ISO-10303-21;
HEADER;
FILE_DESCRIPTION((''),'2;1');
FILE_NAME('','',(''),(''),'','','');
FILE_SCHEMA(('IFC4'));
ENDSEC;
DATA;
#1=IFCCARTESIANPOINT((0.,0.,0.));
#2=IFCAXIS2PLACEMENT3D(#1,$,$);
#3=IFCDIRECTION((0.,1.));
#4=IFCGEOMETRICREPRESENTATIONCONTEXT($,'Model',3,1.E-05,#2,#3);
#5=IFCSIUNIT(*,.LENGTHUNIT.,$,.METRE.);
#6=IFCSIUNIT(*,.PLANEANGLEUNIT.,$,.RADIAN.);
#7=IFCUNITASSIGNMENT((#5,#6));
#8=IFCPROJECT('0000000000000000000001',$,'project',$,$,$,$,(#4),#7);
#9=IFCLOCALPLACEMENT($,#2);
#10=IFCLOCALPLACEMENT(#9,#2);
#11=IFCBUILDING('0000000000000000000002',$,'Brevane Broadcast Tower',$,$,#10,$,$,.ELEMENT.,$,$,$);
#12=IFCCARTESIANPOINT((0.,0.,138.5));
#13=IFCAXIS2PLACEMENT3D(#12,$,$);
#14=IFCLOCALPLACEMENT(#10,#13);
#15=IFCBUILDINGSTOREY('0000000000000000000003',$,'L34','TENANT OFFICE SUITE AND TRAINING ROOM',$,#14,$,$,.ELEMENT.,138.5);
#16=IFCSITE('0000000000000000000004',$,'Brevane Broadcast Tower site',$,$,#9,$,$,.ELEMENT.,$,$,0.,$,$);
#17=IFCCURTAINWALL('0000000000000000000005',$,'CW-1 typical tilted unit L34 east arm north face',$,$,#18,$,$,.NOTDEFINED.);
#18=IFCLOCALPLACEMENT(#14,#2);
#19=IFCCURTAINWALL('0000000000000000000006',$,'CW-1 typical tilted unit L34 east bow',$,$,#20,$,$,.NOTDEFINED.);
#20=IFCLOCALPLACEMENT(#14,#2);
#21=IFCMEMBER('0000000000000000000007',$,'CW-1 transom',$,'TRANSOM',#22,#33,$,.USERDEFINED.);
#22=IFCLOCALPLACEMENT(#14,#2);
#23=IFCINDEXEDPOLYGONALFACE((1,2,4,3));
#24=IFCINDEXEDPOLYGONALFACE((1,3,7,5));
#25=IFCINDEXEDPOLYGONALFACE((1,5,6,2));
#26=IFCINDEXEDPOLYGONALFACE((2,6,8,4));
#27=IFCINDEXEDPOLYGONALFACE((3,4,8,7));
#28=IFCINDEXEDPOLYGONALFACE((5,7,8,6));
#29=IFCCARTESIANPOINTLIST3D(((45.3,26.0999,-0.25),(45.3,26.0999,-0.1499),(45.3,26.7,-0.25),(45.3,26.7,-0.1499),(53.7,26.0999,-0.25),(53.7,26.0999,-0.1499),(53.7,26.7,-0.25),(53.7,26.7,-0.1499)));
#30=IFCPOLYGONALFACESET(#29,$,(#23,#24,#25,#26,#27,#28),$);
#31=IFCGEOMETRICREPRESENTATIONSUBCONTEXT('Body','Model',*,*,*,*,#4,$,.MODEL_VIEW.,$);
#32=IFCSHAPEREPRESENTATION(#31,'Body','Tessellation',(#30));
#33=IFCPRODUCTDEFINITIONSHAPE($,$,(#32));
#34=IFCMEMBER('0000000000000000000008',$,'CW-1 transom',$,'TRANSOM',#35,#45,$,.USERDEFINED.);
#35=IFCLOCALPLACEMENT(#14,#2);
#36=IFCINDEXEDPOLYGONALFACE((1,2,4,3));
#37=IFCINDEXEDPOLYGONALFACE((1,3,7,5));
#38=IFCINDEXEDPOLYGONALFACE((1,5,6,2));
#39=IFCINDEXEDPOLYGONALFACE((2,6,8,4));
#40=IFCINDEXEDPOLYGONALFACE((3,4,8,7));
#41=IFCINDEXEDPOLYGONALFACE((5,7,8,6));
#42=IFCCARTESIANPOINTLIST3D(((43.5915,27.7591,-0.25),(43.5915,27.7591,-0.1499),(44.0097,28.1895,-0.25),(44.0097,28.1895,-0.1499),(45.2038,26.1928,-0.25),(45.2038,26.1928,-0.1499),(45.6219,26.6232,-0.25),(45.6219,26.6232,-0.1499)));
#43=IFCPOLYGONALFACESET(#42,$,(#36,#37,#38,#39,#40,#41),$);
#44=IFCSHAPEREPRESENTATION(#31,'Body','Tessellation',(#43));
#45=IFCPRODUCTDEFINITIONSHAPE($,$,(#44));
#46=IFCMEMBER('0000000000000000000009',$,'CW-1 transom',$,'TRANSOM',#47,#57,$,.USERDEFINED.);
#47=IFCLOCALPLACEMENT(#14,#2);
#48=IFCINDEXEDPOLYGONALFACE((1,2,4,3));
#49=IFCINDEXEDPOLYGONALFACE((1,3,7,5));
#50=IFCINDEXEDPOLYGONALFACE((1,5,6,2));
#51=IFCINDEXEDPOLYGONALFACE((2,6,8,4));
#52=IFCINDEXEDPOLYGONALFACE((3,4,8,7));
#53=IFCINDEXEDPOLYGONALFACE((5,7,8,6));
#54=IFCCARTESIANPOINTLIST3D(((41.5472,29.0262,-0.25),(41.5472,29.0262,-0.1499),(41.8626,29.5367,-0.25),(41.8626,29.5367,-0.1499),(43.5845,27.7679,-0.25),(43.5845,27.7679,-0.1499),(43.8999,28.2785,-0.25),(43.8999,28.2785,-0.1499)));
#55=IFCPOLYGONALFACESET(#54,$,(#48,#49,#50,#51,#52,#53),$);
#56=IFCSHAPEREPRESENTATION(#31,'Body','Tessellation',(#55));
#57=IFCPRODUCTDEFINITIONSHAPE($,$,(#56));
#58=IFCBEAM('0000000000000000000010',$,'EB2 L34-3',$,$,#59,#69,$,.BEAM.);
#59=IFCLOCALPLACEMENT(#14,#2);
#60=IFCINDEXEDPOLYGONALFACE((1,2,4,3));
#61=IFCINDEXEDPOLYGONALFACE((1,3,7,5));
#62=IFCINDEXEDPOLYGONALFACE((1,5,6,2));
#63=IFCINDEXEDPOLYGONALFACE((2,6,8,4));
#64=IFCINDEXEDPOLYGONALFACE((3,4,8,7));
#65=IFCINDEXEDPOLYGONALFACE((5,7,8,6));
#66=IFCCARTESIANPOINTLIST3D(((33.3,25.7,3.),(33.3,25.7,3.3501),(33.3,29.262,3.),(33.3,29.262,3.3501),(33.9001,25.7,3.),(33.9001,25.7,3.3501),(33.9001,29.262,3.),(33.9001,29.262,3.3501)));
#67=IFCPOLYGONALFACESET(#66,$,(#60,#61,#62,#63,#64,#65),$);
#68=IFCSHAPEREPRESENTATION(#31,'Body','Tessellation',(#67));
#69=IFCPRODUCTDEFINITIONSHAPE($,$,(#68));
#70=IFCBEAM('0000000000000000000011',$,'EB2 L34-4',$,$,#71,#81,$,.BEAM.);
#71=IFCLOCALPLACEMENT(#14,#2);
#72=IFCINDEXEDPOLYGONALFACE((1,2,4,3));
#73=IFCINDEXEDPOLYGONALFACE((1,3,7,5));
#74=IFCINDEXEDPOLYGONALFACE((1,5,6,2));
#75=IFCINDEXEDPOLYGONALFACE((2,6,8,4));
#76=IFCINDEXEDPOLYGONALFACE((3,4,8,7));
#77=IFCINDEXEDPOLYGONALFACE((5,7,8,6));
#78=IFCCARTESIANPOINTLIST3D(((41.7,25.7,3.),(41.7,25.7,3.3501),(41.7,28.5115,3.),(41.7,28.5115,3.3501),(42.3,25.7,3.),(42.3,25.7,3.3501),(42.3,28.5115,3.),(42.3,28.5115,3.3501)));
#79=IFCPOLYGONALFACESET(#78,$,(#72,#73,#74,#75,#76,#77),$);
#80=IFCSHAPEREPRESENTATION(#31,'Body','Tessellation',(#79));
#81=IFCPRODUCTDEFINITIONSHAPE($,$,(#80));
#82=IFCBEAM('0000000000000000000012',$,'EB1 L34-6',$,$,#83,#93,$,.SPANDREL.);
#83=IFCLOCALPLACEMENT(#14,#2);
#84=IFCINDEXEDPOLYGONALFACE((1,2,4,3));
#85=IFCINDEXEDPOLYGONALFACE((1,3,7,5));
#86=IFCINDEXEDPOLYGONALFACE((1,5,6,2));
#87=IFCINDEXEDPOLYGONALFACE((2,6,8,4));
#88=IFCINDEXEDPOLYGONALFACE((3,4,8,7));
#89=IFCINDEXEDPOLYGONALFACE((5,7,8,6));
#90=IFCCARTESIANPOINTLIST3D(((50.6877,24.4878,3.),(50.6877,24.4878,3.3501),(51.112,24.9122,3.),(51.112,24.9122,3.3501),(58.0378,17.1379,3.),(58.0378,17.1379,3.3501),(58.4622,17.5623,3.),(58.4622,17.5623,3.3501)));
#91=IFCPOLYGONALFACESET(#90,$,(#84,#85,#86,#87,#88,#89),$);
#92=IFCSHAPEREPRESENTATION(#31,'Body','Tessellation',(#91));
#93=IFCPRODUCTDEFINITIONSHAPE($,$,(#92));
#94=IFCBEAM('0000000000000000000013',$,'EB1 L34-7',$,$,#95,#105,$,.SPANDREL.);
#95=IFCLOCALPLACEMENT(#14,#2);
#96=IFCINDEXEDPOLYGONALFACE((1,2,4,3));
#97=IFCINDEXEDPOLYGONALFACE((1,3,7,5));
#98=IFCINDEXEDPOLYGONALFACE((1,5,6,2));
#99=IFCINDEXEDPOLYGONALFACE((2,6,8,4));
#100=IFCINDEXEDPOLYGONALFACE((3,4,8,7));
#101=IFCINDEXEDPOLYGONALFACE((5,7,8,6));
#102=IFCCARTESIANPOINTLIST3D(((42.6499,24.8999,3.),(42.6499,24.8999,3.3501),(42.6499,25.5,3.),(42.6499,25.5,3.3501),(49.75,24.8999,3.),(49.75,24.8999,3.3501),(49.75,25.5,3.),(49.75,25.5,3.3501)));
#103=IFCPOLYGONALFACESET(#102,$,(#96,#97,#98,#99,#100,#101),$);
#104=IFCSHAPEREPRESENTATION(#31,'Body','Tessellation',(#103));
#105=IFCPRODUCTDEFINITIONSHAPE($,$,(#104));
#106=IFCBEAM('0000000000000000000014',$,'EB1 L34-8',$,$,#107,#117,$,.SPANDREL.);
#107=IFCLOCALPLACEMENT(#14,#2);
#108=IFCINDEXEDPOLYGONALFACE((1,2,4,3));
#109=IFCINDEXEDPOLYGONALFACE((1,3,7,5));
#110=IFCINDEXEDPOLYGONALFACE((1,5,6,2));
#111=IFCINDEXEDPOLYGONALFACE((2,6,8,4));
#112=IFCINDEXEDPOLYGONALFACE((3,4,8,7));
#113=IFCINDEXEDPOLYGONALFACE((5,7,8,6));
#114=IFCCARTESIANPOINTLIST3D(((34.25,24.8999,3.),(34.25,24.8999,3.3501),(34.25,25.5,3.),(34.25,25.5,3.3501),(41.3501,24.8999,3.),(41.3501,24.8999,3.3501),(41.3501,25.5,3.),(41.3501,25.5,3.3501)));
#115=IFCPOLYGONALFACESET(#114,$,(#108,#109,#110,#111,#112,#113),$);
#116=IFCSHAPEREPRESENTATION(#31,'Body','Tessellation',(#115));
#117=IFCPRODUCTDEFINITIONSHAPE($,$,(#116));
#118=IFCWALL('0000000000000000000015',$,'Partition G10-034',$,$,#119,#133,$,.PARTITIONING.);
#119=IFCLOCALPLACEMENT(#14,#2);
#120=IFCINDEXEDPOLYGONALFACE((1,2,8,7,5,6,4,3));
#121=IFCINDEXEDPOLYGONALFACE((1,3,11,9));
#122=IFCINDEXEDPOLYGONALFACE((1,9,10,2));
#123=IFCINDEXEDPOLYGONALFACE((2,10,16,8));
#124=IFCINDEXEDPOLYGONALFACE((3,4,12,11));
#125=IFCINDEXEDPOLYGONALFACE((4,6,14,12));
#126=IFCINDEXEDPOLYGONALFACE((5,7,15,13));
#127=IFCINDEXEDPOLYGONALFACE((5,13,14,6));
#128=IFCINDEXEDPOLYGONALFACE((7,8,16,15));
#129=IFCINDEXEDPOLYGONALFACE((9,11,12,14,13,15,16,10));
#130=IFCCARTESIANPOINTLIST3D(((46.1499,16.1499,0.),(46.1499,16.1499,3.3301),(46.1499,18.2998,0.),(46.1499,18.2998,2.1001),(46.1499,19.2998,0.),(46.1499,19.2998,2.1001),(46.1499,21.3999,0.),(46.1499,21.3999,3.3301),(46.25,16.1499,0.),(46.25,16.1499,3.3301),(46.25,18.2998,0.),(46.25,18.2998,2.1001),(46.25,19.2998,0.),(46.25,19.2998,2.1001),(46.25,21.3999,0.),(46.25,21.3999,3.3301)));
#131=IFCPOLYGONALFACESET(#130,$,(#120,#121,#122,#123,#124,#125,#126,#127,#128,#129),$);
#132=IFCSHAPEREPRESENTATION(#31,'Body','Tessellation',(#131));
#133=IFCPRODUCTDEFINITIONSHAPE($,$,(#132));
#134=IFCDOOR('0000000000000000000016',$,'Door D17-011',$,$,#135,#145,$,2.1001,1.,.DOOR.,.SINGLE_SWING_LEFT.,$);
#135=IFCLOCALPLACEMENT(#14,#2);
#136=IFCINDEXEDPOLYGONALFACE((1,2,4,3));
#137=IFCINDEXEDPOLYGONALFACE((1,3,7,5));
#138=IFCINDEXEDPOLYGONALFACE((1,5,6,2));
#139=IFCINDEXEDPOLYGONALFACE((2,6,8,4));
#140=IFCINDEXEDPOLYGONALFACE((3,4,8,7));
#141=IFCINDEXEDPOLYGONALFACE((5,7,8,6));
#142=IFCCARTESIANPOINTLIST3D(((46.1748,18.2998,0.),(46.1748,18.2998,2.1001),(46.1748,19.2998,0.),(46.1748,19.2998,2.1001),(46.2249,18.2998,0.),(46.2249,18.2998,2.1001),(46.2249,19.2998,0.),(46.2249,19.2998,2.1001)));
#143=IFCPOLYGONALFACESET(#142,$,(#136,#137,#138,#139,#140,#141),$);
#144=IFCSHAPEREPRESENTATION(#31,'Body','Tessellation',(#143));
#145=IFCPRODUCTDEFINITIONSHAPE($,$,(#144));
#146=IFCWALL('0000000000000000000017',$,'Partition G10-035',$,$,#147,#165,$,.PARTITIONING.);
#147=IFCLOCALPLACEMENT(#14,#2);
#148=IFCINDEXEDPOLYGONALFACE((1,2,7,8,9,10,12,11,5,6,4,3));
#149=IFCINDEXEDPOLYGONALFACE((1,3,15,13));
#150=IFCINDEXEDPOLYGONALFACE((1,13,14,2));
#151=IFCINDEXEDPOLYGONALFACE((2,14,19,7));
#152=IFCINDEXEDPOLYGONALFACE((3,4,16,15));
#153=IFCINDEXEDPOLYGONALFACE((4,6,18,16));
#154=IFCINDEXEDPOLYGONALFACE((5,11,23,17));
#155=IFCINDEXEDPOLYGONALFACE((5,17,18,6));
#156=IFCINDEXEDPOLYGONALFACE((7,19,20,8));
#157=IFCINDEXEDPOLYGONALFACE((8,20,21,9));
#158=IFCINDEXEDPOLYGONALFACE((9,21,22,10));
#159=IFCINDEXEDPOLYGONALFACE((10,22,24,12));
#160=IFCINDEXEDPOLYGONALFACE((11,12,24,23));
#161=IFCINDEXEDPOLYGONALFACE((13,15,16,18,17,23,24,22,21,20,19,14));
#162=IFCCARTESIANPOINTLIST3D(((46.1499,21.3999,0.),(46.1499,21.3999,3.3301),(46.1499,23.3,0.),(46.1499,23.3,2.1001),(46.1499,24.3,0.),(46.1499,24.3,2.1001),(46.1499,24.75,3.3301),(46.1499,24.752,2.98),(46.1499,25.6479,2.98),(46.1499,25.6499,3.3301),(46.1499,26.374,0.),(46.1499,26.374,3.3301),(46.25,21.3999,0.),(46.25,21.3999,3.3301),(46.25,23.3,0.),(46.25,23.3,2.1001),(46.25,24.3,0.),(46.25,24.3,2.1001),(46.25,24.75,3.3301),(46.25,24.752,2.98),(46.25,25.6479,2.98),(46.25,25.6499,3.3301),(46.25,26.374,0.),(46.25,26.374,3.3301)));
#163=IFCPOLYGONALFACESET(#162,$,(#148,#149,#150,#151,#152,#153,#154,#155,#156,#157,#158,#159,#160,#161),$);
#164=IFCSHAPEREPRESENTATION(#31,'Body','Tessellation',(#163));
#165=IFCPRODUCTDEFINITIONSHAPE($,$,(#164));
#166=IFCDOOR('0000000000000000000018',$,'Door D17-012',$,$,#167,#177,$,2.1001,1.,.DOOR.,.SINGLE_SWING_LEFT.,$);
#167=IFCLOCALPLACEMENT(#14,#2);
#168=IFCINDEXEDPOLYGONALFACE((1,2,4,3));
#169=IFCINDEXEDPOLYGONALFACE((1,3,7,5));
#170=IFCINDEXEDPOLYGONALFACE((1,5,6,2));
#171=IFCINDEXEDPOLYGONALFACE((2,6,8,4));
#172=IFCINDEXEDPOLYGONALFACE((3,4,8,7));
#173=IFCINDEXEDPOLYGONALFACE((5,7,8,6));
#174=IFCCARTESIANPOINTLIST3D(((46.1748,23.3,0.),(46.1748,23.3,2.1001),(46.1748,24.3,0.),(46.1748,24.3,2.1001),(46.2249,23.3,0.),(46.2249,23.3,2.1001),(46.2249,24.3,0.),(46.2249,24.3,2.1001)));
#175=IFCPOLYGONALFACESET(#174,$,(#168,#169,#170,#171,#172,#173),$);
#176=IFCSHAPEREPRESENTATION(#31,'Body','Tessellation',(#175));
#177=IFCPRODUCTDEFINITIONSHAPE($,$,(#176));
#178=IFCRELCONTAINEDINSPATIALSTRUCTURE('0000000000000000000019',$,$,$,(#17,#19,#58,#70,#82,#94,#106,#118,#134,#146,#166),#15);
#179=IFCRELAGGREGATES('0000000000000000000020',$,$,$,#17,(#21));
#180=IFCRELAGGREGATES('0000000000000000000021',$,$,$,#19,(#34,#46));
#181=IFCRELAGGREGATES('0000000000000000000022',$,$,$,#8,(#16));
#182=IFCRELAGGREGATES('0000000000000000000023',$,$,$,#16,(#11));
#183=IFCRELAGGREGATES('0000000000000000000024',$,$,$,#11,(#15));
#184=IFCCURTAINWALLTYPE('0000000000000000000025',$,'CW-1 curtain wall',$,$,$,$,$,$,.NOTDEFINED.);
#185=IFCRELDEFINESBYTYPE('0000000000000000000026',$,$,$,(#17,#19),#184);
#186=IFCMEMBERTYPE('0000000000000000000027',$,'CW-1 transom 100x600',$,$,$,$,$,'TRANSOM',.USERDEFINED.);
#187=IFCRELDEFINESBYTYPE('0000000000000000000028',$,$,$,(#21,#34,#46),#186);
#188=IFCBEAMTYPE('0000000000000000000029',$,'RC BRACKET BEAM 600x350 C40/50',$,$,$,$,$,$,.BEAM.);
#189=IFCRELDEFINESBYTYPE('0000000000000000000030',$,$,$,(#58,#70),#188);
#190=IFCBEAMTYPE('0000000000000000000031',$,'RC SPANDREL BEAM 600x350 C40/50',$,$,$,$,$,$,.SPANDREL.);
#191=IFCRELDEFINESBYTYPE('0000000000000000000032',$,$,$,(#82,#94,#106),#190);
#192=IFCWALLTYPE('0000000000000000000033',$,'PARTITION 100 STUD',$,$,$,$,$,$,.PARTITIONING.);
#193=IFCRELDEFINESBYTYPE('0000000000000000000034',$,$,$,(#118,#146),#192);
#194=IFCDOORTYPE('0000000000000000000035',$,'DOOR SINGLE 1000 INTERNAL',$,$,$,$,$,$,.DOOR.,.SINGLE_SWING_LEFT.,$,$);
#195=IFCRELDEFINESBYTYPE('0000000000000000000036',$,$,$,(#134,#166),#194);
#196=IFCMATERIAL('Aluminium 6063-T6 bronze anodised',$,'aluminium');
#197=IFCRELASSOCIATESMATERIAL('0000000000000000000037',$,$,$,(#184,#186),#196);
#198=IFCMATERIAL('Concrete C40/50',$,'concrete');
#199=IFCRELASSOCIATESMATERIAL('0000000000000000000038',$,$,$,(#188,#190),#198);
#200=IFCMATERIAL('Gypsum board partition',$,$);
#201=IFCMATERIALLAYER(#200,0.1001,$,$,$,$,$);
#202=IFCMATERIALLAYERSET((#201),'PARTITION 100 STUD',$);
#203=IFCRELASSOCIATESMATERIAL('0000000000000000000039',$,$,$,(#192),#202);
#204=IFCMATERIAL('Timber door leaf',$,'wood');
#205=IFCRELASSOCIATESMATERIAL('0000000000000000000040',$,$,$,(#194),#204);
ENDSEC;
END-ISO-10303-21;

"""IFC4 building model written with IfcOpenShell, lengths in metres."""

from ifc_helpers import new_model, si_unit, direction, frame, frame_2d, origin, origin_2d, place, context, subcontext, project, spatial, polyline, rectangle, outline, extrude, material, layer, layer_set, material_profile, profile_set, type_object, element, fill, aggregate, save


model = new_model("IFC4")

# Units and contexts
model_context = context("Model", 3, precision=1e-05, world=origin(), true_north=direction((0.0, 1.0)))
body_context = subcontext(model_context, "Body", "Model", "MODEL_VIEW")
ifc_project = project(units=[si_unit("LENGTHUNIT", "METRE"), si_unit("PLANEANGLEUNIT", "RADIAN")], contexts=[model_context])

# Site, building, storey
site_placement = place(None, origin())
site = spatial("IfcSite", under=ifc_project, at=site_placement, Name="Brevane Broadcast Tower site", CompositionType="ELEMENT", RefElevation=0.0)
building_placement = place(site_placement, origin())
building = spatial("IfcBuilding", under=site, at=building_placement, Name="Brevane Broadcast Tower", CompositionType="ELEMENT")
storey_placement = place(building_placement, frame((0.0, 0.0, 138.5)))
storey = spatial("IfcBuildingStorey", under=building, at=storey_placement, Name="L34", Description="TENANT OFFICE SUITE AND TRAINING ROOM", CompositionType="ELEMENT", Elevation=138.5)

# Shared definitions
ifc_material_1 = material(Name="Aluminium 6063-T6 bronze anodised", Category="aluminium")
curtain_wall_type = type_object("IfcCurtainWallType", Name="CW-1 curtain wall", PredefinedType="NOTDEFINED", material=ifc_material_1)

# Curtain walls
curtain_wall_1_placement = place(storey_placement, origin())
curtain_wall_1 = element("IfcCurtainWall", 1, at=curtain_wall_1_placement, inside=storey, type_object=curtain_wall_type, Name="CW-1 typical tilted unit L34 east arm north face", PredefinedType="NOTDEFINED")
curtain_wall_2_placement = place(storey_placement, origin())
curtain_wall_2 = element("IfcCurtainWall", 2, at=curtain_wall_2_placement, inside=storey, type_object=curtain_wall_type, Name="CW-1 typical tilted unit L34 east bow", PredefinedType="NOTDEFINED")

# Members
ifc_material_profile_1 = material_profile(ifc_material_1, rectangle(XDim=0.6001, YDim=0.1001, at=origin_2d()), Name="RECT 100x600")
ifc_profile_set_1 = profile_set([ifc_material_profile_1], Name="Aluminium 6063-T6 bronze anodised")
member_type_1 = type_object("IfcMemberType", Name="CW-1 transom 100x600", ElementType="TRANSOM", PredefinedType="USERDEFINED", material=ifc_profile_set_1)
member_1_placement = place(storey_placement, frame((53.7, 26.3999, -0.2), z_axis=(-1.0, 0.0, 0.0), x_axis=(0.0, -1.0, 0.0)))
member_1 = element("IfcMember", 3, at=member_1_placement, type_object=member_type_1, Name="CW-1 transom", ObjectType="TRANSOM", PredefinedType="USERDEFINED", context=body_context, shape_type="SweptSolid", body=[
    extrude(rectangle(XDim=0.6001, YDim=0.1001, at=origin_2d()), origin(), (0.0, 0.0, 1.0), 8.3999),
])
aggregate(curtain_wall_1, [member_1])
member_2_placement = place(storey_placement, frame((45.4128, 26.408, -0.2), z_axis=(-0.717242, 0.696824, 0.0), x_axis=(-0.696824, -0.717242, 0.0)))
member_2 = element("IfcMember", 4, at=member_2_placement, type_object=member_type_1, Name="CW-1 transom", ObjectType="TRANSOM", PredefinedType="USERDEFINED", context=body_context, shape_type="SweptSolid", body=[
    extrude(rectangle(XDim=0.6001, YDim=0.1001, at=origin_2d()), origin(), (0.0, 0.0, 1.0), 2.2478),
])
member_3_placement = place(storey_placement, frame((43.7422, 28.0232, -0.2), z_axis=(-0.85081, 0.525473, 0.0), x_axis=(-0.525473, -0.85081, 0.0)))
member_3 = element("IfcMember", 5, at=member_3_placement, type_object=member_type_1, Name="CW-1 transom", ObjectType="TRANSOM", PredefinedType="USERDEFINED", context=body_context, shape_type="SweptSolid", body=[
    extrude(rectangle(XDim=0.6001, YDim=0.1001, at=origin_2d()), origin(), (0.0, 0.0, 1.0), 2.3945),
])
aggregate(curtain_wall_2, [member_2, member_3])

# Beams
ifc_material_2 = material(Name="Concrete C40/50", Category="concrete")
ifc_material_profile_2 = material_profile(ifc_material_2, rectangle(XDim=0.6001, YDim=0.3501, at=origin_2d()), Name="RC 600x350")
ifc_profile_set_2 = profile_set([ifc_material_profile_2], Name="Concrete C40/50")
beam_type_1 = type_object("IfcBeamType", Name="RC BRACKET BEAM 600x350 C40/50", PredefinedType="BEAM", material=ifc_profile_set_2)
beam_1_placement = place(storey_placement, frame((33.6001, 25.7, 3.175), z_axis=(0.0, 1.0, 0.0), x_axis=(-1.0, 0.0, 0.0)))
element("IfcBeam", 6, at=beam_1_placement, inside=storey, type_object=beam_type_1, Name="EB2 L34-3", PredefinedType="BEAM", context=body_context, shape_type="SweptSolid", body=[
    extrude(rectangle(XDim=0.6001, YDim=0.3501, at=origin_2d()), origin(), (0.0, 0.0, 1.0), 3.562),
])
beam_2_placement = place(storey_placement, frame((42.0, 25.7, 3.175), z_axis=(0.0, 1.0, 0.0), x_axis=(-1.0, 0.0, 0.0)))
element("IfcBeam", 7, at=beam_2_placement, inside=storey, type_object=beam_type_1, Name="EB2 L34-4", PredefinedType="BEAM", context=body_context, shape_type="SweptSolid", body=[
    extrude(rectangle(XDim=0.6001, YDim=0.3501, at=origin_2d()), origin(), (0.0, 0.0, 1.0), 2.8115),
])
ifc_material_profile_3 = material_profile(ifc_material_2, rectangle(XDim=0.6001, YDim=0.3501, at=origin_2d()), Name="RC 600x350")
ifc_profile_set_3 = profile_set([ifc_material_profile_3], Name="Concrete C40/50")
beam_type_2 = type_object("IfcBeamType", Name="RC SPANDREL BEAM 600x350 C40/50", PredefinedType="SPANDREL", material=ifc_profile_set_3)
beam_3_placement = place(storey_placement, frame((58.25, 17.3501, 3.175), z_axis=(-0.707119, 0.707095, 0.0), x_axis=(-0.707095, -0.707119, 0.0)))
element("IfcBeam", 8, at=beam_3_placement, inside=storey, type_object=beam_type_2, Name="EB1 L34-6", PredefinedType="SPANDREL", context=body_context, shape_type="SweptSolid", body=[
    extrude(rectangle(XDim=0.6001, YDim=0.3501, at=origin_2d()), origin(), (0.0, 0.0, 1.0), 10.3945),
])
for number, where, z_axis, x_axis, name in (
    (9, (49.75, 25.2, 3.175), (-1.0, 0.0, 0.0), (0.0, -1.0, 0.0), "EB1 L34-7"),
    (10, (41.3501, 25.2, 3.175), (-1.0, 0.0, 0.0), (0.0, -1.0, 0.0), "EB1 L34-8"),
):
    element("IfcBeam", number, at=place(storey_placement, frame(where, z_axis=z_axis, x_axis=x_axis)), inside=storey, type_object=beam_type_2, Name=name, PredefinedType="SPANDREL", context=body_context, shape_type="SweptSolid", body=[
        extrude(rectangle(XDim=0.6001, YDim=0.3501, at=origin_2d()), origin(), (0.0, 0.0, 1.0), 7.1001),
    ])

# Walls, openings, doors
ifc_material_3 = material(Name="Gypsum board partition")
ifc_layer_1 = layer(ifc_material_3, 0.1001)
ifc_layer_set_1 = layer_set([ifc_layer_1], Name="PARTITION 100 STUD")
wall_type_1 = type_object("IfcWallType", Name="PARTITION 100 STUD", PredefinedType="PARTITIONING", material=ifc_layer_set_1)
wall_1_placement = place(storey_placement, frame((46.2, 21.3999, 0.0), z_axis=(0.0, 0.0, 1.0), x_axis=(0.0, -1.0, 0.0)))
wall_1 = element("IfcWall", 11, at=wall_1_placement, inside=storey, type_object=wall_type_1, Name="Partition G10-034", PredefinedType="PARTITIONING", context=body_context, shape_type="SweptSolid", body=[
    extrude(rectangle(XDim=5.25, YDim=0.1001, at=frame_2d((2.625, 0.0))), origin(), (0.0, 0.0, 1.0), 3.3301),
])
opening_1_placement = place(wall_1_placement, frame((2.1001, 0.0, 0.0)))
opening_1 = element("IfcOpeningElement", 12, at=opening_1_placement, cuts=wall_1, PredefinedType="OPENING", context=body_context, shape_type="SweptSolid", body=[
    extrude(rectangle(XDim=1.0, YDim=2.1001, at=frame_2d((0.5, 1.05))), frame((0.0, 0.0601, 0.0), z_axis=(0.0, -1.0, 0.0), x_axis=(1.0, 0.0, 0.0)), (0.0, 0.0, 1.0), 0.1201),
])
ifc_material_4 = material(Name="Timber door leaf", Category="wood")
door_type = type_object("IfcDoorType", Name="DOOR SINGLE 1000 INTERNAL", OperationType="SINGLE_SWING_LEFT", PredefinedType="DOOR", material=ifc_material_4)
door_1_placement = place(opening_1_placement, origin())
door_1 = element("IfcDoor", 13, at=door_1_placement, inside=storey, type_object=door_type, Name="Door D17-011", OperationType="SINGLE_SWING_LEFT", OverallHeight=2.1001, OverallWidth=1.0, PredefinedType="DOOR", context=body_context, shape_type="SweptSolid", body=[
    extrude(rectangle(XDim=1.0, YDim=2.1001, at=frame_2d((0.5, 1.05))), frame((0.0, 0.0249, 0.0), z_axis=(0.0, -1.0, 0.0), x_axis=(1.0, 0.0, 0.0)), (0.0, 0.0, 1.0), 0.05),
])
fill(opening_1, door_1)
wall_2_placement = place(storey_placement, frame((46.2, 26.374, 0.0), z_axis=(0.0, 0.0, 1.0), x_axis=(0.0, -1.0, 0.0)))
wall_2 = element("IfcWall", 14, at=wall_2_placement, inside=storey, type_object=wall_type_1, Name="Partition G10-035", PredefinedType="PARTITIONING", context=body_context, shape_type="SweptSolid", body=[
    extrude(outline(polyline([(0.0, 0.0), (4.9741, 0.0), (4.9741, 3.3301), (1.624, 3.3301), (1.6221, 2.98), (0.7261, 2.98), (0.7241, 3.3301), (0.074, 3.3301), (0.0, 3.3301), (0.0, 0.0)])), frame((0.0, 0.05, 0.0), z_axis=(0.0, -1.0, 0.0), x_axis=(1.0, 0.0, 0.0)), (0.0, 0.0, 1.0), 0.1001),
])
opening_2_placement = place(wall_2_placement, frame((2.074, 0.0, 0.0)))
opening_2 = element("IfcOpeningElement", 15, at=opening_2_placement, cuts=wall_2, PredefinedType="OPENING", context=body_context, shape_type="SweptSolid", body=[
    extrude(rectangle(XDim=1.0, YDim=2.1001, at=frame_2d((0.5, 1.05))), frame((0.0, 0.0601, 0.0), z_axis=(0.0, -1.0, 0.0), x_axis=(1.0, 0.0, 0.0)), (0.0, 0.0, 1.0), 0.1201),
])
door_2_placement = place(opening_2_placement, origin())
door_2 = element("IfcDoor", 16, at=door_2_placement, inside=storey, type_object=door_type, Name="Door D17-012", OperationType="SINGLE_SWING_LEFT", OverallHeight=2.1001, OverallWidth=1.0, PredefinedType="DOOR", context=body_context, shape_type="SweptSolid", body=[
    extrude(rectangle(XDim=1.0, YDim=2.1001, at=frame_2d((0.5, 1.05))), frame((0.0, 0.0249, 0.0), z_axis=(0.0, -1.0, 0.0), x_axis=(1.0, 0.0, 0.0)), (0.0, 0.0, 1.0), 0.05),
])
fill(opening_2, door_2)

save(model, "model.ifc")
